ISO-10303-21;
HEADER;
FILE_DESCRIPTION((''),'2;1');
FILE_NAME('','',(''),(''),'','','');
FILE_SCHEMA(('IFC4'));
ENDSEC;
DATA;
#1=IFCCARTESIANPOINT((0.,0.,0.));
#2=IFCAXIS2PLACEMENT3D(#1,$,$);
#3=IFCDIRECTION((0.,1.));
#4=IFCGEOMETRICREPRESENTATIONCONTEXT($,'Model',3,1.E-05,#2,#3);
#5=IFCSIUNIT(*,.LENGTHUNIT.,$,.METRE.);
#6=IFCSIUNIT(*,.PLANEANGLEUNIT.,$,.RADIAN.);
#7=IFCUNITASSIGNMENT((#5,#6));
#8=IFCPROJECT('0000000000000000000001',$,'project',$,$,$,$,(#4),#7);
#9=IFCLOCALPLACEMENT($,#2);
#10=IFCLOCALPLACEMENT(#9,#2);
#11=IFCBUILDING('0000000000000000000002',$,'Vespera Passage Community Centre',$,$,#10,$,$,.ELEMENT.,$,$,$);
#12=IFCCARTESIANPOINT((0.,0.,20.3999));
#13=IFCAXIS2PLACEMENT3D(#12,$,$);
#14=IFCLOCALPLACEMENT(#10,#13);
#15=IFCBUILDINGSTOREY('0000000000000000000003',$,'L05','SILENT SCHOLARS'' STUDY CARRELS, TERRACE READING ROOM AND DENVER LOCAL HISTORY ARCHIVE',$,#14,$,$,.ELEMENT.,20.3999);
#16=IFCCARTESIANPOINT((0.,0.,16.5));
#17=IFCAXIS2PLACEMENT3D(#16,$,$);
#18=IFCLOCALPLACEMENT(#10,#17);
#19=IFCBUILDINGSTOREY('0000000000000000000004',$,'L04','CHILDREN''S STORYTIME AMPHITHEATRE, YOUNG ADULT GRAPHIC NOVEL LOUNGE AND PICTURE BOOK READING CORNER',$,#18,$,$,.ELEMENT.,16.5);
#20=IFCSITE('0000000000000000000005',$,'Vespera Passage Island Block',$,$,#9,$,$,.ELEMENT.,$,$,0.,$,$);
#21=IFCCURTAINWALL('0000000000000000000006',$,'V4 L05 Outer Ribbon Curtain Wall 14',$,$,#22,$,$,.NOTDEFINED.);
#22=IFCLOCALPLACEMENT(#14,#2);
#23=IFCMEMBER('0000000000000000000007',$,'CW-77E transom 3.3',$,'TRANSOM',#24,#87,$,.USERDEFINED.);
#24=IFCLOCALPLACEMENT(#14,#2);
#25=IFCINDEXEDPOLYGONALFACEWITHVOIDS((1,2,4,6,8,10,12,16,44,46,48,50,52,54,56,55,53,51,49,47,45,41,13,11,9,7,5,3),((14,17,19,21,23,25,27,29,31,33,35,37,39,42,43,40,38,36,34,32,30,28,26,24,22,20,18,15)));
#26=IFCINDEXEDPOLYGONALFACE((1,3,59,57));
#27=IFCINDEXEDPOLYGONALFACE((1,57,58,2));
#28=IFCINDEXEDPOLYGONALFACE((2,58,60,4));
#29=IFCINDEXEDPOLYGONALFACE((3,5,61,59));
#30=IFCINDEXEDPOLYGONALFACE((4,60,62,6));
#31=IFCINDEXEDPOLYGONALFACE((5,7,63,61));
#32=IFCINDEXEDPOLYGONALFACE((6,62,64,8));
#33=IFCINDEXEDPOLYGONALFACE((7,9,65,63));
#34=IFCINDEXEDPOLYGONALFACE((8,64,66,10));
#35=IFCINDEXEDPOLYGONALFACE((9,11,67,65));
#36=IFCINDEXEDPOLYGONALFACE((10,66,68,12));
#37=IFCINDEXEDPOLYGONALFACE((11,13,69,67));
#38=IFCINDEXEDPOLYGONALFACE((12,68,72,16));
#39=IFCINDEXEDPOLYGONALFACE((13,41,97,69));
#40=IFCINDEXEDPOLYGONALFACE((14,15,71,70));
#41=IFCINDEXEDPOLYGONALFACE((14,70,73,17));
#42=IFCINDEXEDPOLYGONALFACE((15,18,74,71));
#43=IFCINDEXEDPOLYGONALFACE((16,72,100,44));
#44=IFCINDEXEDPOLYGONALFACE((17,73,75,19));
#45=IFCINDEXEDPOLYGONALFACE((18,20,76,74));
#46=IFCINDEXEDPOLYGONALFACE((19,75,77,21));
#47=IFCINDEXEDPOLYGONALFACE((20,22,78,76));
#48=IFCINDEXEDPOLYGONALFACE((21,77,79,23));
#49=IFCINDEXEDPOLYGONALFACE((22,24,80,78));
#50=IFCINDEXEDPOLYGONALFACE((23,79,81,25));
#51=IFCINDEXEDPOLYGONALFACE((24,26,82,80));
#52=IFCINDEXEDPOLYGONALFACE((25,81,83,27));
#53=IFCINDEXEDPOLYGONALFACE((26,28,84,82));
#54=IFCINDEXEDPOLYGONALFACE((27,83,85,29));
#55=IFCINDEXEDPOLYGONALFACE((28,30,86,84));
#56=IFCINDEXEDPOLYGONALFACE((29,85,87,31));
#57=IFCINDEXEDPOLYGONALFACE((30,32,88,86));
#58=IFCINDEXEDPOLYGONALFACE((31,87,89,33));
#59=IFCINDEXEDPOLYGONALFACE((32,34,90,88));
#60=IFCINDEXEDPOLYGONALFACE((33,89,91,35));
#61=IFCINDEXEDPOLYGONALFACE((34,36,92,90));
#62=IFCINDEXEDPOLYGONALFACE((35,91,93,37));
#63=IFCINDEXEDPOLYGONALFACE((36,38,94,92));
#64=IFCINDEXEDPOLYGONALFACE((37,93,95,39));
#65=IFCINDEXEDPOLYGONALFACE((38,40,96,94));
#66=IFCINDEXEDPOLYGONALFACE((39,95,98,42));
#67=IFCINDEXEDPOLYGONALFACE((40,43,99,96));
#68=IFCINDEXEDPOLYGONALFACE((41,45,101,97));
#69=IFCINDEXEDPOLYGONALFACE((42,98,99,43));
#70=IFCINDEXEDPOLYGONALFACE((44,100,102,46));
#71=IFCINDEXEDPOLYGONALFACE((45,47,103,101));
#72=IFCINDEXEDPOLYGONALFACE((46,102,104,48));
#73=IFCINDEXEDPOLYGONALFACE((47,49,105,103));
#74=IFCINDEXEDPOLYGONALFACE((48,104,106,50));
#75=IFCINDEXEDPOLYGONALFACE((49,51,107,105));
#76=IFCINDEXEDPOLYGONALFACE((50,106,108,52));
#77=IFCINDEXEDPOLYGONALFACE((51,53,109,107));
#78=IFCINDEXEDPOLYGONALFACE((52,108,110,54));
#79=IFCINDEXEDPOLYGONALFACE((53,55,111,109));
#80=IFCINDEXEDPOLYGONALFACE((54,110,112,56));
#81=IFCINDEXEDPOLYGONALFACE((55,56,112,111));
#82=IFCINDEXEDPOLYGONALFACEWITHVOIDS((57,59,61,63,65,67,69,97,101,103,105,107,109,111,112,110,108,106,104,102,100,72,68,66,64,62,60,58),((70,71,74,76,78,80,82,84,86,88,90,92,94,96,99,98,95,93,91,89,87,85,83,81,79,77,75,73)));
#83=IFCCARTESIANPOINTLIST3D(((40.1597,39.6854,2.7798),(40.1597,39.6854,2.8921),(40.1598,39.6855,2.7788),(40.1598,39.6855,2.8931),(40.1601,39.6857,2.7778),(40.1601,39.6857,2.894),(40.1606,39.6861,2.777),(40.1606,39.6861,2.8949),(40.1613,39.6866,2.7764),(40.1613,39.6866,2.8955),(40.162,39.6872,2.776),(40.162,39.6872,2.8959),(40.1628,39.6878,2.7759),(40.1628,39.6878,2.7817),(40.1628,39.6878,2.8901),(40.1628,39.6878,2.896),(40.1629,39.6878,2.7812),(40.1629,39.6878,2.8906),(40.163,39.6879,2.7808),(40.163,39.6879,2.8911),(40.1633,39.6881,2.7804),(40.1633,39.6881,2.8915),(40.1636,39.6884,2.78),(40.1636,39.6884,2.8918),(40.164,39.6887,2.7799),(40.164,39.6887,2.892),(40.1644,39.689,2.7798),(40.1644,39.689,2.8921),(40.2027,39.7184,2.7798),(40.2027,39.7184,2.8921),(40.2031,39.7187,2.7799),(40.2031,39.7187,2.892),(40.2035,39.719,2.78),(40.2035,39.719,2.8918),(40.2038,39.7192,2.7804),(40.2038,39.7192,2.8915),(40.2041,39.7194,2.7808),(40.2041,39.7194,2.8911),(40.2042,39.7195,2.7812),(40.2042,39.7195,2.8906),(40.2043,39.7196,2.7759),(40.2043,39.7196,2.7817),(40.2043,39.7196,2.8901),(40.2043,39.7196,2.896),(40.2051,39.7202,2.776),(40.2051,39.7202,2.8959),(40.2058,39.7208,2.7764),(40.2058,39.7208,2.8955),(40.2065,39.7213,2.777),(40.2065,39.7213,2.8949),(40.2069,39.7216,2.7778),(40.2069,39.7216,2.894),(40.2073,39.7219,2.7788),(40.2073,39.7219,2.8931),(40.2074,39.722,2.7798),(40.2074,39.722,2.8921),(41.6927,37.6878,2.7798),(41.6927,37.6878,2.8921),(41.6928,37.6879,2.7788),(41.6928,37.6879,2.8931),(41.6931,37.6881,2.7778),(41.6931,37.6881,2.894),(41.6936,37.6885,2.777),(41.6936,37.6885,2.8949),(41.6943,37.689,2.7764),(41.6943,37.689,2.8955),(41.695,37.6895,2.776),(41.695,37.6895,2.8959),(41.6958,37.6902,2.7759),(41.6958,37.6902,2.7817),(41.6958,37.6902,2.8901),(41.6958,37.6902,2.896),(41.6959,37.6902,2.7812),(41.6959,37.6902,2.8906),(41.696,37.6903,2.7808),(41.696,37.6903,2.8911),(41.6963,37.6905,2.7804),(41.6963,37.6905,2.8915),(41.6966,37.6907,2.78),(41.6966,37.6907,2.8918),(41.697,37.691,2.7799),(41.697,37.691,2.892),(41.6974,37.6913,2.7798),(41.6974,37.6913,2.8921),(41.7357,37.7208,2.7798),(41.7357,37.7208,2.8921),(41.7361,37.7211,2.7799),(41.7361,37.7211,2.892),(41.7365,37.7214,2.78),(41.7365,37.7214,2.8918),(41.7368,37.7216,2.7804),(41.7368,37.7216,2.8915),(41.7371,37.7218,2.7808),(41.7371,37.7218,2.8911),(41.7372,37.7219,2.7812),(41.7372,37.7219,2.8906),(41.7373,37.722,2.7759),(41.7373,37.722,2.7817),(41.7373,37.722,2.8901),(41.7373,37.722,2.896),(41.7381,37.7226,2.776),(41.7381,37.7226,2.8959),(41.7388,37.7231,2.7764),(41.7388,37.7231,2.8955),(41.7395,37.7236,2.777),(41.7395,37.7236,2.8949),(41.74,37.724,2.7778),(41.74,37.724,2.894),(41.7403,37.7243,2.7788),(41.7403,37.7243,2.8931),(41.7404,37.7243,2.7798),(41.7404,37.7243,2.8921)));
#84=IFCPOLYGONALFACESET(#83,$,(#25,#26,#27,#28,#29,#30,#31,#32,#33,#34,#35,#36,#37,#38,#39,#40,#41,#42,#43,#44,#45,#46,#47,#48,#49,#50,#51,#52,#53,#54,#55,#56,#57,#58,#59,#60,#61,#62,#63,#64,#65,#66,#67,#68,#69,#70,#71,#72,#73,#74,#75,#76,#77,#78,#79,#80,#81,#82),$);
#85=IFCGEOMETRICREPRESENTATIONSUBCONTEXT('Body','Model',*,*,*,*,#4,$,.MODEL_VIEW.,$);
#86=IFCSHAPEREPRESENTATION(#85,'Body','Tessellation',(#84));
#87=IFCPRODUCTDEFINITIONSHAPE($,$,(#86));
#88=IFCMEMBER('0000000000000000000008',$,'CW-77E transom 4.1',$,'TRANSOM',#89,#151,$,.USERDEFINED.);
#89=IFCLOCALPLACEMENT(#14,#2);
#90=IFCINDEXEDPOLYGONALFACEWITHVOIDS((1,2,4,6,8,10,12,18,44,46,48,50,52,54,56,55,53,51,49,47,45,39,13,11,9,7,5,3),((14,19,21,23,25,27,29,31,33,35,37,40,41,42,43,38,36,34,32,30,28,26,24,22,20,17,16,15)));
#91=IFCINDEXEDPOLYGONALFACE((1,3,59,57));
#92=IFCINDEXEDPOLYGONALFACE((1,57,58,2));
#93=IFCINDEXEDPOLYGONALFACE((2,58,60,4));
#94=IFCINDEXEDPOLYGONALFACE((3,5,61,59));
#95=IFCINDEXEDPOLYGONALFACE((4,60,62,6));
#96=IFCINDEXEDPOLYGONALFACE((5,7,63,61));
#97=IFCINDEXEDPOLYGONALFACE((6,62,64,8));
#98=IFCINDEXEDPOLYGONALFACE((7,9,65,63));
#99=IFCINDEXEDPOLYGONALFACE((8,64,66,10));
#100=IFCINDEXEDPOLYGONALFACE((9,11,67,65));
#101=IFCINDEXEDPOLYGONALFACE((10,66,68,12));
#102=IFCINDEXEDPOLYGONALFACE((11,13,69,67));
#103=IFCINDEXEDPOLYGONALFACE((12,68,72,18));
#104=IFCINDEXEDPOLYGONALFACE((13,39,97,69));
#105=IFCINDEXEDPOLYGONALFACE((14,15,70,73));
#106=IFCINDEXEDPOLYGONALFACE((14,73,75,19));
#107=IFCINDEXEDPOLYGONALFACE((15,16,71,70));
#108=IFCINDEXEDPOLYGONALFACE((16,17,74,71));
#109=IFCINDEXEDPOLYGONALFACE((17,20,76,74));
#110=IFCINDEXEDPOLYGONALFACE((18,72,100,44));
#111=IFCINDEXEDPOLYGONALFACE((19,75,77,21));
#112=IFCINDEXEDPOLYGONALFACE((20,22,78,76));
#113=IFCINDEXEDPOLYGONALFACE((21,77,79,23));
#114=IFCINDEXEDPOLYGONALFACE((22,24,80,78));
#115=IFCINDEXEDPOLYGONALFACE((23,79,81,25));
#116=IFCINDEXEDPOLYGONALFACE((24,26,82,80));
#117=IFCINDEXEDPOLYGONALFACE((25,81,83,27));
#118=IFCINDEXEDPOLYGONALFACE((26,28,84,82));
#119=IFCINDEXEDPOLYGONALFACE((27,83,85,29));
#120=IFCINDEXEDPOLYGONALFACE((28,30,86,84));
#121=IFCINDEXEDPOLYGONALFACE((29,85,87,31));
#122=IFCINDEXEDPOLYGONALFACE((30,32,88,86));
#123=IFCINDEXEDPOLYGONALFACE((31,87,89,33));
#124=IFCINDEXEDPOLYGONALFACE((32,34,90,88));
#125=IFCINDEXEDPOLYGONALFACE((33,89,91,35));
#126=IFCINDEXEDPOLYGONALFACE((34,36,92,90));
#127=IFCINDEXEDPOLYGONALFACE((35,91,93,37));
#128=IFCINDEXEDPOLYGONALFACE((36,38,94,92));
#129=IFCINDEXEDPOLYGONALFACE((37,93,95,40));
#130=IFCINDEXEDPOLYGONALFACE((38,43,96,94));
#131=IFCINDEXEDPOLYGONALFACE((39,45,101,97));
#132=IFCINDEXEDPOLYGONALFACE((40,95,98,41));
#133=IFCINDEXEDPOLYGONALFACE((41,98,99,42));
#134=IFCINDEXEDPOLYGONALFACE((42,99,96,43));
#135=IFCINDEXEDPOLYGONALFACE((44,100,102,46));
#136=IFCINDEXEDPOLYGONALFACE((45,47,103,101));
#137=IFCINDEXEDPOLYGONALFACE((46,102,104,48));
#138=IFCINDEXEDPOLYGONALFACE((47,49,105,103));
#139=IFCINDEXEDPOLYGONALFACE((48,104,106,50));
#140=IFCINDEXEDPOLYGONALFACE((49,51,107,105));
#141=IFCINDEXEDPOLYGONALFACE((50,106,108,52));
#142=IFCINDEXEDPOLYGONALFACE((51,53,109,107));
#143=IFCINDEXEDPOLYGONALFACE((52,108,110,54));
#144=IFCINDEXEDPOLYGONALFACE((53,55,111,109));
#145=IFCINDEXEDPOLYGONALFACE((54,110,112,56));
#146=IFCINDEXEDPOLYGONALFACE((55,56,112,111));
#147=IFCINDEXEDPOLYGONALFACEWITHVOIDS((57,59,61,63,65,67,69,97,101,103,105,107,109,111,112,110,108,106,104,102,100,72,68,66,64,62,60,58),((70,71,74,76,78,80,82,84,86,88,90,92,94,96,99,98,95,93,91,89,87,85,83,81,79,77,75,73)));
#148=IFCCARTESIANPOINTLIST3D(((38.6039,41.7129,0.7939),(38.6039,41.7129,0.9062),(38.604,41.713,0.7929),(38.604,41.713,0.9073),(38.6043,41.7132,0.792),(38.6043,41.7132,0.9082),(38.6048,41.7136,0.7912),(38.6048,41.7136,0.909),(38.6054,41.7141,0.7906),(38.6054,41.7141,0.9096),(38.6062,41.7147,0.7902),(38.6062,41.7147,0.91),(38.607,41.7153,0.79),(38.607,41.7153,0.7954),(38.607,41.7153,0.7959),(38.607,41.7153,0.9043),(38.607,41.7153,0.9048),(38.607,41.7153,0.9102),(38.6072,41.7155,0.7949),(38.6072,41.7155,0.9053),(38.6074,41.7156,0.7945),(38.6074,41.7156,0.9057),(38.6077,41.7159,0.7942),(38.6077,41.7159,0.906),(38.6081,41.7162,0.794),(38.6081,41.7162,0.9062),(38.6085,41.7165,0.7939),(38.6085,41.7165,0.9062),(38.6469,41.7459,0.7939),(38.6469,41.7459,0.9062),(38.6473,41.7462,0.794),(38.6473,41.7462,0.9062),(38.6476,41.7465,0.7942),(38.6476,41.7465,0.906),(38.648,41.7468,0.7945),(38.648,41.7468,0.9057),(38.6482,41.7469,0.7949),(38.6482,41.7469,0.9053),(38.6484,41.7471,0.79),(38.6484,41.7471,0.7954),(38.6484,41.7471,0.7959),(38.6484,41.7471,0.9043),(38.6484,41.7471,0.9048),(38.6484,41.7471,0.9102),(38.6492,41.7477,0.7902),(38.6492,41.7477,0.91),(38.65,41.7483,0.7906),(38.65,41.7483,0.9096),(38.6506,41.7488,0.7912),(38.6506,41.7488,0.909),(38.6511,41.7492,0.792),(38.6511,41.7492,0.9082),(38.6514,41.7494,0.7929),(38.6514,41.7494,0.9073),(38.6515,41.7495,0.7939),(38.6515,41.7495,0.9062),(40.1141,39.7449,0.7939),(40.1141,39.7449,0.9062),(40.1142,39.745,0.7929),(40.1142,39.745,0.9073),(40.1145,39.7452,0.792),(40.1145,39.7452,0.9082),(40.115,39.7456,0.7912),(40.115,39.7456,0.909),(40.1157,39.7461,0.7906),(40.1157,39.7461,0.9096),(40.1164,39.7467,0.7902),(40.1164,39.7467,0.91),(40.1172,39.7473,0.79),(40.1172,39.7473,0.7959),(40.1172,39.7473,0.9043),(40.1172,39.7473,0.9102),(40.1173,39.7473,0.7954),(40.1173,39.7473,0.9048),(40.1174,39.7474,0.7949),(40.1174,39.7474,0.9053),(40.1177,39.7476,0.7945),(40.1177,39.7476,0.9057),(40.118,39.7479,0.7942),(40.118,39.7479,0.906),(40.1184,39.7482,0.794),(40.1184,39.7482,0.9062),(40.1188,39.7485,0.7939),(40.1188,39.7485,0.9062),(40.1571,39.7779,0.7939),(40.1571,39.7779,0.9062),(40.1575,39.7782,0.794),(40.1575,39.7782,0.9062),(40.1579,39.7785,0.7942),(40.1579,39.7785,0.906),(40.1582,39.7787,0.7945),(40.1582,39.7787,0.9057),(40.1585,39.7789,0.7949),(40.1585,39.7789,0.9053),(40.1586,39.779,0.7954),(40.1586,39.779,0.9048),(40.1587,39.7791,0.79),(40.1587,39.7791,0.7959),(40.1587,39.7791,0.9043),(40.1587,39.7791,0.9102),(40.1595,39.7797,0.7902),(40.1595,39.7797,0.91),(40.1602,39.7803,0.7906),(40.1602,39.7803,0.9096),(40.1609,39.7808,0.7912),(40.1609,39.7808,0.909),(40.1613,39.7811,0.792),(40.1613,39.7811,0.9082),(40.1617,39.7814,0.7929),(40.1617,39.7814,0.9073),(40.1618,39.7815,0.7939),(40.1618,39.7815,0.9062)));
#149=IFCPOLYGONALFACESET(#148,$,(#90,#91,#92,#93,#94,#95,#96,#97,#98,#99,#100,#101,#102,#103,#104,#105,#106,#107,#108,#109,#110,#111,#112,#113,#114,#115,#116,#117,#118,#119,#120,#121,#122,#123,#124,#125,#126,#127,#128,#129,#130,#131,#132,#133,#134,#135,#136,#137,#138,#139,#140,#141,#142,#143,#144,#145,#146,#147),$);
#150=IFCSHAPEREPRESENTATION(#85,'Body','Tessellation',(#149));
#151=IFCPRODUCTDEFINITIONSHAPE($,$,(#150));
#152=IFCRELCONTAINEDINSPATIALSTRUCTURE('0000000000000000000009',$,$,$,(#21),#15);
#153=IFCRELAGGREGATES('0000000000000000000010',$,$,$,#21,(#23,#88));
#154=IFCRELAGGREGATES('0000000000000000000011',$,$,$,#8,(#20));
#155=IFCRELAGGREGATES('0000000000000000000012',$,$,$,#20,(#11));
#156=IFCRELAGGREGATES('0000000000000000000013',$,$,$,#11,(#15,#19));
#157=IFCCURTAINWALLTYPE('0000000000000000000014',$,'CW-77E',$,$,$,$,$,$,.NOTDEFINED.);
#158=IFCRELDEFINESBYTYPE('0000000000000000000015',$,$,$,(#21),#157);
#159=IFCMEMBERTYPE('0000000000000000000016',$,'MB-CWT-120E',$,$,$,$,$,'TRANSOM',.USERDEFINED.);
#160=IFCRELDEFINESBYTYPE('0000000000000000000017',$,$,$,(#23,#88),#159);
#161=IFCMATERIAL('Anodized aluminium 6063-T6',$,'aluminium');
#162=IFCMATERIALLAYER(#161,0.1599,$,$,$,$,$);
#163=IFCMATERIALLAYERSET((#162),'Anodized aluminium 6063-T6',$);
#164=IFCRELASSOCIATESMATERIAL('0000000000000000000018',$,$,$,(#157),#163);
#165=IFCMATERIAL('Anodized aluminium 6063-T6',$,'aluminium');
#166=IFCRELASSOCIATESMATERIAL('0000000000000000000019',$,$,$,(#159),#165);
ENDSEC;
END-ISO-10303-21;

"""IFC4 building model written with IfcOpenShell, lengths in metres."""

from ifc_helpers import new_model, si_unit, direction, frame, origin, origin_2d, place, context, subcontext, project, spatial, hollow_rectangle, extrude, material, layer, layer_set, material_profile, profile_set, type_object, element, aggregate, save


model = new_model("IFC4")

# Units and contexts
model_context = context("Model", 3, precision=1e-05, world=origin(), true_north=direction((0.0, 1.0)))
body_context = subcontext(model_context, "Body", "Model", "MODEL_VIEW")
ifc_project = project(units=[si_unit("LENGTHUNIT", "METRE"), si_unit("PLANEANGLEUNIT", "RADIAN")], contexts=[model_context])

# Site, building, storey
site_placement = place(None, origin())
site = spatial("IfcSite", under=ifc_project, at=site_placement, Name="Vespera Passage Island Block", CompositionType="ELEMENT", RefElevation=0.0)
building_placement = place(site_placement, origin())
building = spatial("IfcBuilding", under=site, at=building_placement, Name="Vespera Passage Community Centre", CompositionType="ELEMENT")
storey_1_placement = place(building_placement, frame((0.0, 0.0, 20.3999)))
storey_1 = spatial("IfcBuildingStorey", under=building, at=storey_1_placement, Name="L05", Description="SILENT SCHOLARS' STUDY CARRELS, TERRACE READING ROOM AND DENVER LOCAL HISTORY ARCHIVE", CompositionType="ELEMENT", Elevation=20.3999)

# Curtain wall, members
ifc_material_1 = material(Name="Anodized aluminium 6063-T6", Category="aluminium")
ifc_layer_1 = layer(ifc_material_1, 0.1599)
ifc_layer_set_1 = layer_set([ifc_layer_1], Name="Anodized aluminium 6063-T6")
curtain_wall_type = type_object("IfcCurtainWallType", Name="CW-77E", PredefinedType="NOTDEFINED", material=ifc_layer_set_1)
curtain_wall_placement = place(storey_1_placement, origin())
curtain_wall = element("IfcCurtainWall", 1, at=curtain_wall_placement, inside=storey_1, type_object=curtain_wall_type, Name="V4 L05 Outer Ribbon Curtain Wall 14", PredefinedType="NOTDEFINED")
ifc_material_2 = material(Name="Anodized aluminium 6063-T6", Category="aluminium")
ifc_material_profile_1 = material_profile(ifc_material_2, hollow_rectangle(XDim=0.0601, YDim=0.1201, WallThickness=0.0039, InnerFilletRadius=0.002, OuterFilletRadius=0.0039, at=origin_2d()), Name="ALU120X60X4")
ifc_profile_set_1 = profile_set([ifc_material_profile_1], Name="Anodized aluminium 6063-T6")
member_type_1 = type_object("IfcMemberType", Name="MB-CWT-120E", ElementType="TRANSOM", PredefinedType="USERDEFINED", material=ifc_profile_set_1)
member_1_placement = place(storey_1_placement, frame((41.7166, 37.7061, 2.8359), z_axis=(-0.608806, 0.793319, 0.0), x_axis=(-0.793319, -0.608806, 0.0)))
member_1 = element("IfcMember", 2, at=member_1_placement, type_object=member_type_1, Name="CW-77E transom 3.3", ObjectType="TRANSOM", PredefinedType="USERDEFINED", context=body_context, shape_type="SweptSolid", body=[
    extrude(hollow_rectangle(XDim=0.0601, YDim=0.1201, WallThickness=0.0039, InnerFilletRadius=0.002, OuterFilletRadius=0.0039, at=origin_2d()), origin(), (0.0, 0.0, 1.0), 2.5181),
])
member_2_placement = place(storey_1_placement, frame((40.1379, 39.7632, 0.8501), z_axis=(-0.608797, 0.793326, 0.0), x_axis=(-0.793326, -0.608797, 0.0)))
member_2 = element("IfcMember", 3, at=member_2_placement, type_object=member_type_1, Name="CW-77E transom 4.1", ObjectType="TRANSOM", PredefinedType="USERDEFINED", context=body_context, shape_type="SweptSolid", body=[
    extrude(hollow_rectangle(XDim=0.0601, YDim=0.1201, WallThickness=0.0039, InnerFilletRadius=0.002, OuterFilletRadius=0.0039, at=origin_2d()), origin(), (0.0, 0.0, 1.0), 2.4807),
])
aggregate(curtain_wall, [member_1, member_2])

# Shared definitions
storey_2_placement = place(building_placement, frame((0.0, 0.0, 16.5)))
storey_2 = spatial("IfcBuildingStorey", under=building, at=storey_2_placement, Name="L04", Description="CHILDREN'S STORYTIME AMPHITHEATRE, YOUNG ADULT GRAPHIC NOVEL LOUNGE AND PICTURE BOOK READING CORNER", CompositionType="ELEMENT", Elevation=16.5)

save(model, "model.ifc")
